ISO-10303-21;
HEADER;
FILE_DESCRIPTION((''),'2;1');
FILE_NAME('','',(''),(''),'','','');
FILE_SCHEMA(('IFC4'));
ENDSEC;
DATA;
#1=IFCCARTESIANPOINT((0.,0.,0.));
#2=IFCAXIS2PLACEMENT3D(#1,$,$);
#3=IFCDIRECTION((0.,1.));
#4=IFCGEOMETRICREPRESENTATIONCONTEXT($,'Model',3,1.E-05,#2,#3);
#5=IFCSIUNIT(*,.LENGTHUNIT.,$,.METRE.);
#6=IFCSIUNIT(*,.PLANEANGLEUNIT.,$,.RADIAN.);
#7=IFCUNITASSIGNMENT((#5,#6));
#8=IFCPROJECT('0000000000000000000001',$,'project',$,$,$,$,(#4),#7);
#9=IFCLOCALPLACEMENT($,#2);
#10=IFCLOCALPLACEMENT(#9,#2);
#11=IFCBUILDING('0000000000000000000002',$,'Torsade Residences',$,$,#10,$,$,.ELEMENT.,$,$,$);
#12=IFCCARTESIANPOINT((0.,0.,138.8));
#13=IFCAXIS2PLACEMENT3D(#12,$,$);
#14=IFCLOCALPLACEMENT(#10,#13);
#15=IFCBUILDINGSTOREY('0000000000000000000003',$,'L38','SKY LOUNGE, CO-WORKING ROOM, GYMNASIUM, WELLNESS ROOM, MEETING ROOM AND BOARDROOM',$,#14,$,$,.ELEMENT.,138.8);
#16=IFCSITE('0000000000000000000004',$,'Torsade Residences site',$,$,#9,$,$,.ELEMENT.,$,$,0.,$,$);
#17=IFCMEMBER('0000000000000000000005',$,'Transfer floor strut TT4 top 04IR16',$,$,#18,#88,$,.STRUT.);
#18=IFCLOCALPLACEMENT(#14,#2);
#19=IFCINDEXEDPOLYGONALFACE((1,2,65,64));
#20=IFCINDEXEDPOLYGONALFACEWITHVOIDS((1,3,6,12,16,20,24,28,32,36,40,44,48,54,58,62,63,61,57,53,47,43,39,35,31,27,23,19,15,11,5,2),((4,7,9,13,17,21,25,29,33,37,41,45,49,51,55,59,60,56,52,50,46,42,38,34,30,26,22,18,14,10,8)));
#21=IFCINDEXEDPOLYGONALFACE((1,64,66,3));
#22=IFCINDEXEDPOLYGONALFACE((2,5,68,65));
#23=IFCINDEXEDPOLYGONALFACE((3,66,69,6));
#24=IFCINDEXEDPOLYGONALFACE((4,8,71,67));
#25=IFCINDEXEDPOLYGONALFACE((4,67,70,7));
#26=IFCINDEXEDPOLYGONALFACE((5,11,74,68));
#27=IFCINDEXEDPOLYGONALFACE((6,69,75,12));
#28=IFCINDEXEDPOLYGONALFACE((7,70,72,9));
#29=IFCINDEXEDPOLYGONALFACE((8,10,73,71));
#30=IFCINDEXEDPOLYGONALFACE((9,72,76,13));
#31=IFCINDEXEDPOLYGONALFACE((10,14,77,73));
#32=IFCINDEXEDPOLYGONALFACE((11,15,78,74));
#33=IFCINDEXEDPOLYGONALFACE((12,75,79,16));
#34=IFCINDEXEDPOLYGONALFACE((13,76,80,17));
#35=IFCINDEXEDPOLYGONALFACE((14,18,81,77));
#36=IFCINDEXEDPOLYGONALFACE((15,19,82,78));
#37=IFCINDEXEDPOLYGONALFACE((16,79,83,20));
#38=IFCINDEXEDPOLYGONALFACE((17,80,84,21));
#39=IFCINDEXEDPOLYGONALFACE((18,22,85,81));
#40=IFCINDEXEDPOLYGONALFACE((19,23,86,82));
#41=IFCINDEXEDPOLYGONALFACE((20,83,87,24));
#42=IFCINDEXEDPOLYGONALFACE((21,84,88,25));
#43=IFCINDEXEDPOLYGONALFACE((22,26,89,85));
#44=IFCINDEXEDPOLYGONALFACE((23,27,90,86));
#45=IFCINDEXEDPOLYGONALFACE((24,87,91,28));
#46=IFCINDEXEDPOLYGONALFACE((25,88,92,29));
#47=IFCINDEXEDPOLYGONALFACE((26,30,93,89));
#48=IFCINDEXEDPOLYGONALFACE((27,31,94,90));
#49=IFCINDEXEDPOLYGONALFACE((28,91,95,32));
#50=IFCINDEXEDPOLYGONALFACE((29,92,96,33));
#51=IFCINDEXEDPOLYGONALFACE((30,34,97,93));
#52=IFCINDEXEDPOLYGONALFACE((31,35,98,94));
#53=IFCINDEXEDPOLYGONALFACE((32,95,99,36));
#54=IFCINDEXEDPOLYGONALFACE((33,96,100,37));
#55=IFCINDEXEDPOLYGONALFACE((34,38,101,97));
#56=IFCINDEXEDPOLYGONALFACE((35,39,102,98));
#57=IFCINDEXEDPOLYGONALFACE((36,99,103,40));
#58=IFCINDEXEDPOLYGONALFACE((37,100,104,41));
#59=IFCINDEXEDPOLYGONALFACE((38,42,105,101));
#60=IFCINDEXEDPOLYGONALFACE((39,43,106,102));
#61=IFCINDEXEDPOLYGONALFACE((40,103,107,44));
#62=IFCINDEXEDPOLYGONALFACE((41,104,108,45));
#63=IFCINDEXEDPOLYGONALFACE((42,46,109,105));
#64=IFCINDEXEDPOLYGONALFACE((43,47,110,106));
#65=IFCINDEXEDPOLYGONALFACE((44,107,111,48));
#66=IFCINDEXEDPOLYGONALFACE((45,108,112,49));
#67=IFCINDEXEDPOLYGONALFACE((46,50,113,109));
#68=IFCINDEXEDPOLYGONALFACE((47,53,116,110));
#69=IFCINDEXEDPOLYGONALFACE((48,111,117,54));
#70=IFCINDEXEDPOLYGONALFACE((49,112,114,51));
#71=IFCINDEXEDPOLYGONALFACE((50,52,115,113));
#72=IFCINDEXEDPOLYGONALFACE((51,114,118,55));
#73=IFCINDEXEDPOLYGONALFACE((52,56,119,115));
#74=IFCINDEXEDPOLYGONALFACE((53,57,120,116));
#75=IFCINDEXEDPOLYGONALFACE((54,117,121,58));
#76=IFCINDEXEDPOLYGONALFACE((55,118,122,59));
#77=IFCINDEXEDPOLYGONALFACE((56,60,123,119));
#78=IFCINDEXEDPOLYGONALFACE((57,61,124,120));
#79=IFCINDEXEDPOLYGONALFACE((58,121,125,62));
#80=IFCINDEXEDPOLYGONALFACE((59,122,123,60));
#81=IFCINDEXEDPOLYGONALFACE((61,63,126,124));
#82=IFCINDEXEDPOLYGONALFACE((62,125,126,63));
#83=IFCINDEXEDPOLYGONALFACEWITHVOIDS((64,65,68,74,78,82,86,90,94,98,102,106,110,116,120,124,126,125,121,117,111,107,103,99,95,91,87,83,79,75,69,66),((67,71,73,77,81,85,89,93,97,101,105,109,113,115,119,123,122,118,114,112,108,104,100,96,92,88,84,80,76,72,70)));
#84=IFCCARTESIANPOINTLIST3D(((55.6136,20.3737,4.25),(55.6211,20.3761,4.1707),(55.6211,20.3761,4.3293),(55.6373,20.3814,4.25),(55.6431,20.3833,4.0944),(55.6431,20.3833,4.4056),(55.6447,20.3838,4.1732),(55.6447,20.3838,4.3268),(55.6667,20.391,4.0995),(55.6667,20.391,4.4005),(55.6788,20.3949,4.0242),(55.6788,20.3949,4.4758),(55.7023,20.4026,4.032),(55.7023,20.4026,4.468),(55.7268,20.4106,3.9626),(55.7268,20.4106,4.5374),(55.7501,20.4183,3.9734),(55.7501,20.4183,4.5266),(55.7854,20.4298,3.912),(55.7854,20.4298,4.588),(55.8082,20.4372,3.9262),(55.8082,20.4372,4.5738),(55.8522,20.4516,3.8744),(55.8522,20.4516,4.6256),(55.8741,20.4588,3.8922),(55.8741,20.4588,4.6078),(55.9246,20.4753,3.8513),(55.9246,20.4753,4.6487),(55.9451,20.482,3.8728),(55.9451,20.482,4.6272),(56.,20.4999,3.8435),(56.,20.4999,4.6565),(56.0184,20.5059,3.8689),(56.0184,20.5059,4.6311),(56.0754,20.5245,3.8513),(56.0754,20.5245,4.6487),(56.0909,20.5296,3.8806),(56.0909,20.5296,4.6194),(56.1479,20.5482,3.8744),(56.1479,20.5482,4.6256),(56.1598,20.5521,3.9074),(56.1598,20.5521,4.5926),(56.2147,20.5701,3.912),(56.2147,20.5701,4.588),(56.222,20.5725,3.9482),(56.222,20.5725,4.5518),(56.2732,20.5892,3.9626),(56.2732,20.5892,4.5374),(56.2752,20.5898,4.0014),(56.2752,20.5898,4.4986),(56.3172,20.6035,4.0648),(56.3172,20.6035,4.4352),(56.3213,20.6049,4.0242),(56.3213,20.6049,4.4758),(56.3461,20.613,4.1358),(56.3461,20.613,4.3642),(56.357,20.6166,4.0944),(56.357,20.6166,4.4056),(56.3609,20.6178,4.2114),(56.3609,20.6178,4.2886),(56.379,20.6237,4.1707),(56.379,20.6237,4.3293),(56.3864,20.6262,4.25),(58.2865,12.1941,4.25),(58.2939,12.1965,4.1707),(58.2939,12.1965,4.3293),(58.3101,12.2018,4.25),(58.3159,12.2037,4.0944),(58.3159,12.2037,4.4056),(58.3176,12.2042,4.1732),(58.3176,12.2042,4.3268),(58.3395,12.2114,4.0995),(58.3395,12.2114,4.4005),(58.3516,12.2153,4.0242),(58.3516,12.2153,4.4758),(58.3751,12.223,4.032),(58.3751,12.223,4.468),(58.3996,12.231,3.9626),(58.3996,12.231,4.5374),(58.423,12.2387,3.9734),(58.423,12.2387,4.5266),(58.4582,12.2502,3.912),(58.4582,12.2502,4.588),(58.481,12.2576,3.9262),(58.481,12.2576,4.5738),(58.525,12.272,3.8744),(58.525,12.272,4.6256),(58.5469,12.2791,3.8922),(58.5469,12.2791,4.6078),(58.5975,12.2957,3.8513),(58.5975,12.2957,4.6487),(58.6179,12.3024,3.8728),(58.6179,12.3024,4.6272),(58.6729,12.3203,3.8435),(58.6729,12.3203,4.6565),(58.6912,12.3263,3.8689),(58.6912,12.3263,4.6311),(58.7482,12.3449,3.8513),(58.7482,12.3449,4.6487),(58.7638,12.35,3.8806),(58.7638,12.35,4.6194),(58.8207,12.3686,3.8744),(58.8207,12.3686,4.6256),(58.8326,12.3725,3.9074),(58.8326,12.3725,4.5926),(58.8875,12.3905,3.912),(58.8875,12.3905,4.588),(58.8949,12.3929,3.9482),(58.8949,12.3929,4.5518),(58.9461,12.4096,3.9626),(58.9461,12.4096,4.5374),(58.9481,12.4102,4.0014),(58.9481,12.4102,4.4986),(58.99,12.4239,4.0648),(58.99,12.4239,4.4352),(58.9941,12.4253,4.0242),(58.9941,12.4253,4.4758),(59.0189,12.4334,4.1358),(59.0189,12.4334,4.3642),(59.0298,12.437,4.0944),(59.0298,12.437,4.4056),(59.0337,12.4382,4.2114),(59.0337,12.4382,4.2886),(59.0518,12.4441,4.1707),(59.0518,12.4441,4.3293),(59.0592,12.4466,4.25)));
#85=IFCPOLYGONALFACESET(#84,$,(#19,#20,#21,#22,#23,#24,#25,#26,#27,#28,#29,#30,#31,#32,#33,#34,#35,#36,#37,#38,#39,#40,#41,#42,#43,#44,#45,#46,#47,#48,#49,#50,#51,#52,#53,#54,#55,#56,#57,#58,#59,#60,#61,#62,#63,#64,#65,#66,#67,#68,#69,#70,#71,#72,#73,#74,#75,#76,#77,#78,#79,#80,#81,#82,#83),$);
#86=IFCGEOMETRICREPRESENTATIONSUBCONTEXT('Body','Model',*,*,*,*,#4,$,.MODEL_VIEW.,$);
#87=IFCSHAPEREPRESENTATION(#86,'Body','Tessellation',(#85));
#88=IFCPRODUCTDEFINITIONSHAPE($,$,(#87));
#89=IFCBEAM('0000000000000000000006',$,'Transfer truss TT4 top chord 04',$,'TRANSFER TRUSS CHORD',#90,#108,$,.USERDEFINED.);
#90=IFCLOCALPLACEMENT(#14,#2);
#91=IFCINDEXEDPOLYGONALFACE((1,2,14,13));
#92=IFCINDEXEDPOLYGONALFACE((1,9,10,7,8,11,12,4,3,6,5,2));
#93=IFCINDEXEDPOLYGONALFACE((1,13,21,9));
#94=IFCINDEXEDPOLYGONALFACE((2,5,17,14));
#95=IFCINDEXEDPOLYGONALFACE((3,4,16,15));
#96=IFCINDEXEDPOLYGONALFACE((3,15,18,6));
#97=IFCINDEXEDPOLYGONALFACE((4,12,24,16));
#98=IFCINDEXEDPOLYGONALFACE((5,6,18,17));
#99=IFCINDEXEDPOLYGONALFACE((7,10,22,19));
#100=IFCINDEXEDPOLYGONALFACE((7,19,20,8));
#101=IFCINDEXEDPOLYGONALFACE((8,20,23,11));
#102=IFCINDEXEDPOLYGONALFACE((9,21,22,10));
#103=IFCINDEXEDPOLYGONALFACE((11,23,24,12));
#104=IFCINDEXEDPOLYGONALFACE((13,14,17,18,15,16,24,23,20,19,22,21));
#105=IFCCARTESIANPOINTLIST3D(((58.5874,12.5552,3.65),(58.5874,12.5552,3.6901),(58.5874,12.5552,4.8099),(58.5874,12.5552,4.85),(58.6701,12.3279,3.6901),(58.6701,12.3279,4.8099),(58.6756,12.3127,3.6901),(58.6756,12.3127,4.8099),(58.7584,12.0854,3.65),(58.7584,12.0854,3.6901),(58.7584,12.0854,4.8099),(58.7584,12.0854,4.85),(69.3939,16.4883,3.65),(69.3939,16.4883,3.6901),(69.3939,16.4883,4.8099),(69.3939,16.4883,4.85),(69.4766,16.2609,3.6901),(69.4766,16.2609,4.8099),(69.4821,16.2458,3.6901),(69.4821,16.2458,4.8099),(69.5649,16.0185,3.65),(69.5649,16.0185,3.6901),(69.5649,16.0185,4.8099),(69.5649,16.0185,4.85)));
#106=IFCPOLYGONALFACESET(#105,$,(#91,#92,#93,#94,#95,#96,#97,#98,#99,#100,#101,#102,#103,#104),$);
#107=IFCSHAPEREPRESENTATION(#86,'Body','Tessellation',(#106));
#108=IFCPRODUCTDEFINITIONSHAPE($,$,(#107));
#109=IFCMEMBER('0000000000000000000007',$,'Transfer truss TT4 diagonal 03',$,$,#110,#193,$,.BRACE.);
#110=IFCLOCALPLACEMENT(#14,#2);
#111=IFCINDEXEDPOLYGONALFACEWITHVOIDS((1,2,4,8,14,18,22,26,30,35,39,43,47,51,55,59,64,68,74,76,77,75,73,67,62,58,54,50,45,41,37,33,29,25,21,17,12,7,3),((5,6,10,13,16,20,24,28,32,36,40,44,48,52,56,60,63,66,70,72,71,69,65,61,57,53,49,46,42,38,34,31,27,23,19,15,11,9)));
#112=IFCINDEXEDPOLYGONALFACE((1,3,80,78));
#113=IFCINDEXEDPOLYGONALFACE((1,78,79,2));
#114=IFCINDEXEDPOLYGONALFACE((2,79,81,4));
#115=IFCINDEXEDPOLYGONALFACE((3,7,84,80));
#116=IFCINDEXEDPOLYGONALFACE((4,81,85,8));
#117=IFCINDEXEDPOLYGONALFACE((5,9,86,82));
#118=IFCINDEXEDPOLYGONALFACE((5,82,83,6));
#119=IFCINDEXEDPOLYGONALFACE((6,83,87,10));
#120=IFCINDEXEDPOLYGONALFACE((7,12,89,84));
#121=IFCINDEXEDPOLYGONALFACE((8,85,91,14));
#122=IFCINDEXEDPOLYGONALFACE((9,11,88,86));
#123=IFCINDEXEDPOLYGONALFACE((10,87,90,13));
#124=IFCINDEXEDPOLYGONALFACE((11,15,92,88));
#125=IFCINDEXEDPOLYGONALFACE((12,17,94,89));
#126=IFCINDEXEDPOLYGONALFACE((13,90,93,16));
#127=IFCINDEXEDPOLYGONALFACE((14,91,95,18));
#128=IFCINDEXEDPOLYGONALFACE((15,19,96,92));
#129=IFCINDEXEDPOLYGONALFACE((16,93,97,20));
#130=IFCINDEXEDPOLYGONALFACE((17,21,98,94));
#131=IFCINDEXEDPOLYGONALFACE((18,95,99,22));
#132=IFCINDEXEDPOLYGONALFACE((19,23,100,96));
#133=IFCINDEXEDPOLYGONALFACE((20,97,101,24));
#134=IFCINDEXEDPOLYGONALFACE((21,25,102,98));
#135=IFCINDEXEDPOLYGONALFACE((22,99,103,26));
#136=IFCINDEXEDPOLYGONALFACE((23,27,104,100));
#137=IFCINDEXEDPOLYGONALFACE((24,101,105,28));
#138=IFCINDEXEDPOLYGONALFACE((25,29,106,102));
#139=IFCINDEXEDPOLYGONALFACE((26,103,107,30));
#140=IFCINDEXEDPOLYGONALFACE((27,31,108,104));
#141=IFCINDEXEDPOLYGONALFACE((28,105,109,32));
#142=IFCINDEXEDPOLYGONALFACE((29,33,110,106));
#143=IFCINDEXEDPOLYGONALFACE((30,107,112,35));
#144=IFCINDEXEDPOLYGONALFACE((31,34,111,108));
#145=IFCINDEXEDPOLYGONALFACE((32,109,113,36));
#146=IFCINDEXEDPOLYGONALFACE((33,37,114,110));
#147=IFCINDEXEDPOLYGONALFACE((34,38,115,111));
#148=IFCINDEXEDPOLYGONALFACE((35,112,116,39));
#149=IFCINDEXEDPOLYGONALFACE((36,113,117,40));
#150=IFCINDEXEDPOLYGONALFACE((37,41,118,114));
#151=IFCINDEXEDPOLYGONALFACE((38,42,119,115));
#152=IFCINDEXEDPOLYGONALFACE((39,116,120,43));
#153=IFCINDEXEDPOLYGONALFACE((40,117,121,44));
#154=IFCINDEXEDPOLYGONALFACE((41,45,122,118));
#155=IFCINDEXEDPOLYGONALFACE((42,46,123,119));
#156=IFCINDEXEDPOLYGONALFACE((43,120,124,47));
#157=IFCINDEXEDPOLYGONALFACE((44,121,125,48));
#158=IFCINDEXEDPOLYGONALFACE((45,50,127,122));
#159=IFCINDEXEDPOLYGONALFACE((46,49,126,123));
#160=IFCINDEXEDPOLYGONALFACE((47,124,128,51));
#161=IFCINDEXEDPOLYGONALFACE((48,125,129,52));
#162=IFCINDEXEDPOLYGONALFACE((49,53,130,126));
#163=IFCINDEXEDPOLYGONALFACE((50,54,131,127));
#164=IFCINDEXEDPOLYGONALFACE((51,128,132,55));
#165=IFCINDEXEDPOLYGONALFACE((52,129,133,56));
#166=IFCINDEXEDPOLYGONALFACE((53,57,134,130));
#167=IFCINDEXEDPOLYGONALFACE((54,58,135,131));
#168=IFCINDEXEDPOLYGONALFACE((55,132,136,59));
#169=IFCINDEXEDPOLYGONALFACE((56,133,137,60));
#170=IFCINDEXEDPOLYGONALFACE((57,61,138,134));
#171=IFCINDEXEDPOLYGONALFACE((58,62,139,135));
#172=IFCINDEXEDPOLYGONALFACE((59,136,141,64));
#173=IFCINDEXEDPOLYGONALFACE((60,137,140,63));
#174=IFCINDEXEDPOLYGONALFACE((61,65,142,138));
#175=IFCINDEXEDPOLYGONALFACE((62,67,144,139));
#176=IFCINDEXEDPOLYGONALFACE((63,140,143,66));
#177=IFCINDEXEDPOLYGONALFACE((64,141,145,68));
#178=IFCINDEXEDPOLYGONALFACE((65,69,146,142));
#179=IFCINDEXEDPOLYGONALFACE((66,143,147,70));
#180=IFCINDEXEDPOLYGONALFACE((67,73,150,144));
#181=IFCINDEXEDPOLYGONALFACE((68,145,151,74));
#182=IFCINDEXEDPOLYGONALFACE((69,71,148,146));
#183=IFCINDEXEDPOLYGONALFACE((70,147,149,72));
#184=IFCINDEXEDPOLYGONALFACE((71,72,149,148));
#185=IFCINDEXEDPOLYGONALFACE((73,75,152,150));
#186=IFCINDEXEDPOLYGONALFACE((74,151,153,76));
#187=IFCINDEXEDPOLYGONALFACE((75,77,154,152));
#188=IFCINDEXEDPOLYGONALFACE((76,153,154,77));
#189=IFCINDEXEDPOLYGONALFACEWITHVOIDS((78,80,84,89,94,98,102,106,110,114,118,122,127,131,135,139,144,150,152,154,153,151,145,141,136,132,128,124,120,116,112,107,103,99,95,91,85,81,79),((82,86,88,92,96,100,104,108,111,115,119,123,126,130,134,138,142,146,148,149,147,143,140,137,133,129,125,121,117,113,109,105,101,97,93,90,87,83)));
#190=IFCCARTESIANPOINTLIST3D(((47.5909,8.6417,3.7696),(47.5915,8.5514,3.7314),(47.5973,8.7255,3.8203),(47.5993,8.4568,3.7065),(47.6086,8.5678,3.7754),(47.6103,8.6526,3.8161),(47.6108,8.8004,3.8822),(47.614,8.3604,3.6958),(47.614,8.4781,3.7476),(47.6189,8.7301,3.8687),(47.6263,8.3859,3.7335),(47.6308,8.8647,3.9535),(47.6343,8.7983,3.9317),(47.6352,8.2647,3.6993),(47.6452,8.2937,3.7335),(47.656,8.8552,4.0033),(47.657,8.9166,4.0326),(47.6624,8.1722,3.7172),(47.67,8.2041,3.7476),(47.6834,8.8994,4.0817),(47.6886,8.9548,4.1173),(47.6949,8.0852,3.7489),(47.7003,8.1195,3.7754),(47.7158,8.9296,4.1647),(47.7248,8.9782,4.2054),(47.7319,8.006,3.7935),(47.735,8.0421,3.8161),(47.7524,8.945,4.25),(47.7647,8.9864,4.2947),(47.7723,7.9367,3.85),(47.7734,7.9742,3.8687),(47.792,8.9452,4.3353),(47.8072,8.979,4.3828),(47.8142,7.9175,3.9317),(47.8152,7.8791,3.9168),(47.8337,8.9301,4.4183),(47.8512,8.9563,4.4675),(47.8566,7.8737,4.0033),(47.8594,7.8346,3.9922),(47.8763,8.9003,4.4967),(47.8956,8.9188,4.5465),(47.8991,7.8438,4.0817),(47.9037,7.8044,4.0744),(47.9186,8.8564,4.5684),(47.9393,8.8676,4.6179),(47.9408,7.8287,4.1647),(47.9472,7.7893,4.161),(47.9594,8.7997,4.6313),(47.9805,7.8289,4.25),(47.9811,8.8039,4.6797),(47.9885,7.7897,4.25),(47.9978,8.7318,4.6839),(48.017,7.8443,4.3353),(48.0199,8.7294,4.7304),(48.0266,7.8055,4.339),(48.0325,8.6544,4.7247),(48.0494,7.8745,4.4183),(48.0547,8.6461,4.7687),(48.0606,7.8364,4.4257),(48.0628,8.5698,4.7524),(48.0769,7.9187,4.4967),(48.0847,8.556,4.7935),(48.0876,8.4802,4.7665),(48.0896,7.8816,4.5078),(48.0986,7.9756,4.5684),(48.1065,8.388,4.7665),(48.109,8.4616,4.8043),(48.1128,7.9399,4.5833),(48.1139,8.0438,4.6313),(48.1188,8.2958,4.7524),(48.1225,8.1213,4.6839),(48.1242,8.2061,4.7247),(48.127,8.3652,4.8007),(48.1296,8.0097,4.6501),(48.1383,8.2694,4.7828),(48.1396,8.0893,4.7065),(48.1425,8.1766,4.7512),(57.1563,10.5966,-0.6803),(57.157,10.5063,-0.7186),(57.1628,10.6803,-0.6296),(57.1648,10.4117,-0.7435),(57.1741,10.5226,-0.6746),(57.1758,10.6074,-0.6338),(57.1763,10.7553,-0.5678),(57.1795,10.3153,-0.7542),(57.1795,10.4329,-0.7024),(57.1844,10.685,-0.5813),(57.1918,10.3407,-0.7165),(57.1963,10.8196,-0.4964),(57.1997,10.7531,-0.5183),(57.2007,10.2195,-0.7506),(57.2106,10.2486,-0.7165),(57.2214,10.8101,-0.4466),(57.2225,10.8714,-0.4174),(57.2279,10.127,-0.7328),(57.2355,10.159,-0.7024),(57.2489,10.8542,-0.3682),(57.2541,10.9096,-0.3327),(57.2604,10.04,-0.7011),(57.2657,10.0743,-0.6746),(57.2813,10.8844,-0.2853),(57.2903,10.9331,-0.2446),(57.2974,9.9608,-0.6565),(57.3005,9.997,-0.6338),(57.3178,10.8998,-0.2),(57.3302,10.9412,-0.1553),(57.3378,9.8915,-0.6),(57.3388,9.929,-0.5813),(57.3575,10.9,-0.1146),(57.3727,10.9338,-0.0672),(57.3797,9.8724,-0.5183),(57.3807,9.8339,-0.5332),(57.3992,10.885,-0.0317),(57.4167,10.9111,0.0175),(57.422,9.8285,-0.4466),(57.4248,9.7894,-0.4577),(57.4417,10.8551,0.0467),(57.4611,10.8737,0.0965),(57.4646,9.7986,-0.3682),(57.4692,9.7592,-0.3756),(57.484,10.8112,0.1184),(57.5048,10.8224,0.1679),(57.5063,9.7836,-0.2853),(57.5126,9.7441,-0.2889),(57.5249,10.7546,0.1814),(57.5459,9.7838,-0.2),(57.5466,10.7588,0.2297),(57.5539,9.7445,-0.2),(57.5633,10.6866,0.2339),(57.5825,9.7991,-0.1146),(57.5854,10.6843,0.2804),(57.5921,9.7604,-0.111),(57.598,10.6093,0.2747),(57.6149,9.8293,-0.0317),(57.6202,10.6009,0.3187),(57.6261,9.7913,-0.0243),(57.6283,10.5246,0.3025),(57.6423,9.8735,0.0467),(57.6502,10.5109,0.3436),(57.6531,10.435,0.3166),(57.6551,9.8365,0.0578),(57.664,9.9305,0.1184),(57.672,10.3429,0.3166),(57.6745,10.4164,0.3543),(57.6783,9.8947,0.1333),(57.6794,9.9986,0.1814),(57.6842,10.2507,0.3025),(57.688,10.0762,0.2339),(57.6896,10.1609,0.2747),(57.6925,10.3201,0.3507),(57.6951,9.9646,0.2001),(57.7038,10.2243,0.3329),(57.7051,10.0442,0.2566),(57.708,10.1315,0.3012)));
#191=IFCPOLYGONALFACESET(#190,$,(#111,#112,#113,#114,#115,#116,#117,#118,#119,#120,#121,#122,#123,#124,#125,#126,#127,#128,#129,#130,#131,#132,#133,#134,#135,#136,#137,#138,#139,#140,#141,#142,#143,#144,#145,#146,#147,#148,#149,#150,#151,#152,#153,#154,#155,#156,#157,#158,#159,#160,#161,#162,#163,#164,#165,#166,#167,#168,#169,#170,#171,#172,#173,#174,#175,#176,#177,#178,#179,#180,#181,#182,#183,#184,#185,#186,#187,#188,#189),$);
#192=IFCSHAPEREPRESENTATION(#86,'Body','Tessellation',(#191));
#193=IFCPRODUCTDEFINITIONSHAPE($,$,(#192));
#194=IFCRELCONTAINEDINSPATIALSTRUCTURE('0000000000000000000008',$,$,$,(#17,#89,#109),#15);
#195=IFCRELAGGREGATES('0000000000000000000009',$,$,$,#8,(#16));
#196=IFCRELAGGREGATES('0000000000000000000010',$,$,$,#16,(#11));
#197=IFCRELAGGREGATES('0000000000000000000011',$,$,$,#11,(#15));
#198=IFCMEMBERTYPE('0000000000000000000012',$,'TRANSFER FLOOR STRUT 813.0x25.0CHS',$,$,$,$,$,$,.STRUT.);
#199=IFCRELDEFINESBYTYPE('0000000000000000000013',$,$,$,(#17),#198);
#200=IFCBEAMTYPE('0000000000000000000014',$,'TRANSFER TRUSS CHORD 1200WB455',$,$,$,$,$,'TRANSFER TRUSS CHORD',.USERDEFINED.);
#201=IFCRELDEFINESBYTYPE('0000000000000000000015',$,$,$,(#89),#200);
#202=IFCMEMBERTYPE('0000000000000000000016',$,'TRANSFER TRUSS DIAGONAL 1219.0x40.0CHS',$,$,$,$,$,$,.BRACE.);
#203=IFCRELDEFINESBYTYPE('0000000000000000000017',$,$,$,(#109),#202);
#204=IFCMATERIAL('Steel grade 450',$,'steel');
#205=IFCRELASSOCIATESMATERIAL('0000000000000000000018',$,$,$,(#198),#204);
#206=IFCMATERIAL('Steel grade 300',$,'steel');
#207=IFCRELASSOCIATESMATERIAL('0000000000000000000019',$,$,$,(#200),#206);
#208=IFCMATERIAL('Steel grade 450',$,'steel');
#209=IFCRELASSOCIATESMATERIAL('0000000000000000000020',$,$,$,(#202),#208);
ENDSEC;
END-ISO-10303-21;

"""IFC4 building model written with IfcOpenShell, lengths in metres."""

from ifc_helpers import new_model, si_unit, direction, frame, origin, origin_2d, place, context, subcontext, project, spatial, hollow_circle, i_section, extrude, material, material_profile, profile_set, type_object, element, save


model = new_model("IFC4")

# Units and contexts
model_context = context("Model", 3, precision=1e-05, world=origin(), true_north=direction((0.0, 1.0)))
body_context = subcontext(model_context, "Body", "Model", "MODEL_VIEW")
ifc_project = project(units=[si_unit("LENGTHUNIT", "METRE"), si_unit("PLANEANGLEUNIT", "RADIAN")], contexts=[model_context])

# Site, building, storey
site_placement = place(None, origin())
site = spatial("IfcSite", under=ifc_project, at=site_placement, Name="Torsade Residences site", CompositionType="ELEMENT", RefElevation=0.0)
building_placement = place(site_placement, origin())
building = spatial("IfcBuilding", under=site, at=building_placement, Name="Torsade Residences", CompositionType="ELEMENT")
storey_placement = place(building_placement, frame((0.0, 0.0, 138.8)))
storey = spatial("IfcBuildingStorey", under=building, at=storey_placement, Name="L38", Description="SKY LOUNGE, CO-WORKING ROOM, GYMNASIUM, WELLNESS ROOM, MEETING ROOM AND BOARDROOM", CompositionType="ELEMENT", Elevation=138.8)

# Member
ifc_material_1 = material(Name="Steel grade 450", Category="steel")
ifc_material_profile_1 = material_profile(ifc_material_1, hollow_circle(Radius=0.4065, WallThickness=0.0249, at=origin_2d()), Name="813.0x25.0CHS")
ifc_profile_set_1 = profile_set([ifc_material_profile_1], Name="Steel grade 450")
member_type_1 = type_object("IfcMemberType", Name="TRANSFER FLOOR STRUT 813.0x25.0CHS", PredefinedType="STRUT", material=ifc_profile_set_1)
member_1_placement = place(storey_placement, frame((58.6729, 12.3203, 4.25), z_axis=(-0.310605, 0.950539, 0.0), x_axis=(-0.950539, -0.310605, 0.0)))
element("IfcMember", 1, at=member_1_placement, inside=storey, type_object=member_type_1, Name="Transfer floor strut TT4 top 04IR16", PredefinedType="STRUT", context=body_context, shape_type="SweptSolid", body=[
    extrude(hollow_circle(Radius=0.4065, WallThickness=0.0249, at=origin_2d()), origin(), (0.0, 0.0, 1.0), 8.6052),
])

# Beam
ifc_material_2 = material(Name="Steel grade 300", Category="steel")
ifc_material_profile_2 = material_profile(ifc_material_2, i_section(OverallWidth=0.5, OverallDepth=1.2, WebThickness=0.0161, FlangeThickness=0.04, at=origin_2d()), Name="1200WB455")
ifc_profile_set_2 = profile_set([ifc_material_profile_2], Name="Steel grade 300")
beam_type_1 = type_object("IfcBeamType", Name="TRANSFER TRUSS CHORD 1200WB455", ElementType="TRANSFER TRUSS CHORD", PredefinedType="USERDEFINED", material=ifc_profile_set_2)
beam_1_placement = place(storey_placement, frame((58.6729, 12.3203, 4.25), z_axis=(0.939698, 0.342006, 0.0), x_axis=(-0.342006, 0.939698, 0.0)))
element("IfcBeam", 2, at=beam_1_placement, inside=storey, type_object=beam_type_1, Name="Transfer truss TT4 top chord 04", ObjectType="TRANSFER TRUSS CHORD", PredefinedType="USERDEFINED", context=body_context, shape_type="SweptSolid", body=[
    extrude(i_section(OverallWidth=0.5, OverallDepth=1.2, WebThickness=0.0161, FlangeThickness=0.04, at=origin_2d()), origin(), (0.0, 0.0, 1.0), 11.5),
])

# Member
ifc_material_3 = material(Name="Steel grade 450", Category="steel")
ifc_material_profile_3 = material_profile(ifc_material_3, hollow_circle(Radius=0.6096, WallThickness=0.04, at=origin_2d()), Name="1219.0x40.0CHS")
ifc_profile_set_3 = profile_set([ifc_material_profile_3], Name="Steel grade 450")
member_type_2 = type_object("IfcMemberType", Name="TRANSFER TRUSS DIAGONAL 1219.0x40.0CHS", PredefinedType="BRACE", material=ifc_profile_set_3)
member_2_placement = place(storey_placement, frame((57.4319, 10.3418, -0.2), z_axis=(-0.891512, -0.182193, 0.414742), x_axis=(0.200226, -0.97975, 0.0)))
element("IfcMember", 3, at=member_2_placement, inside=storey, type_object=member_type_2, Name="Transfer truss TT4 diagonal 03", PredefinedType="BRACE", context=body_context, shape_type="SweptSolid", body=[
    extrude(hollow_circle(Radius=0.6096, WallThickness=0.04, at=origin_2d()), origin(), (0.0, 0.0, 1.0), 10.7295),
])

save(model, "model.ifc")
